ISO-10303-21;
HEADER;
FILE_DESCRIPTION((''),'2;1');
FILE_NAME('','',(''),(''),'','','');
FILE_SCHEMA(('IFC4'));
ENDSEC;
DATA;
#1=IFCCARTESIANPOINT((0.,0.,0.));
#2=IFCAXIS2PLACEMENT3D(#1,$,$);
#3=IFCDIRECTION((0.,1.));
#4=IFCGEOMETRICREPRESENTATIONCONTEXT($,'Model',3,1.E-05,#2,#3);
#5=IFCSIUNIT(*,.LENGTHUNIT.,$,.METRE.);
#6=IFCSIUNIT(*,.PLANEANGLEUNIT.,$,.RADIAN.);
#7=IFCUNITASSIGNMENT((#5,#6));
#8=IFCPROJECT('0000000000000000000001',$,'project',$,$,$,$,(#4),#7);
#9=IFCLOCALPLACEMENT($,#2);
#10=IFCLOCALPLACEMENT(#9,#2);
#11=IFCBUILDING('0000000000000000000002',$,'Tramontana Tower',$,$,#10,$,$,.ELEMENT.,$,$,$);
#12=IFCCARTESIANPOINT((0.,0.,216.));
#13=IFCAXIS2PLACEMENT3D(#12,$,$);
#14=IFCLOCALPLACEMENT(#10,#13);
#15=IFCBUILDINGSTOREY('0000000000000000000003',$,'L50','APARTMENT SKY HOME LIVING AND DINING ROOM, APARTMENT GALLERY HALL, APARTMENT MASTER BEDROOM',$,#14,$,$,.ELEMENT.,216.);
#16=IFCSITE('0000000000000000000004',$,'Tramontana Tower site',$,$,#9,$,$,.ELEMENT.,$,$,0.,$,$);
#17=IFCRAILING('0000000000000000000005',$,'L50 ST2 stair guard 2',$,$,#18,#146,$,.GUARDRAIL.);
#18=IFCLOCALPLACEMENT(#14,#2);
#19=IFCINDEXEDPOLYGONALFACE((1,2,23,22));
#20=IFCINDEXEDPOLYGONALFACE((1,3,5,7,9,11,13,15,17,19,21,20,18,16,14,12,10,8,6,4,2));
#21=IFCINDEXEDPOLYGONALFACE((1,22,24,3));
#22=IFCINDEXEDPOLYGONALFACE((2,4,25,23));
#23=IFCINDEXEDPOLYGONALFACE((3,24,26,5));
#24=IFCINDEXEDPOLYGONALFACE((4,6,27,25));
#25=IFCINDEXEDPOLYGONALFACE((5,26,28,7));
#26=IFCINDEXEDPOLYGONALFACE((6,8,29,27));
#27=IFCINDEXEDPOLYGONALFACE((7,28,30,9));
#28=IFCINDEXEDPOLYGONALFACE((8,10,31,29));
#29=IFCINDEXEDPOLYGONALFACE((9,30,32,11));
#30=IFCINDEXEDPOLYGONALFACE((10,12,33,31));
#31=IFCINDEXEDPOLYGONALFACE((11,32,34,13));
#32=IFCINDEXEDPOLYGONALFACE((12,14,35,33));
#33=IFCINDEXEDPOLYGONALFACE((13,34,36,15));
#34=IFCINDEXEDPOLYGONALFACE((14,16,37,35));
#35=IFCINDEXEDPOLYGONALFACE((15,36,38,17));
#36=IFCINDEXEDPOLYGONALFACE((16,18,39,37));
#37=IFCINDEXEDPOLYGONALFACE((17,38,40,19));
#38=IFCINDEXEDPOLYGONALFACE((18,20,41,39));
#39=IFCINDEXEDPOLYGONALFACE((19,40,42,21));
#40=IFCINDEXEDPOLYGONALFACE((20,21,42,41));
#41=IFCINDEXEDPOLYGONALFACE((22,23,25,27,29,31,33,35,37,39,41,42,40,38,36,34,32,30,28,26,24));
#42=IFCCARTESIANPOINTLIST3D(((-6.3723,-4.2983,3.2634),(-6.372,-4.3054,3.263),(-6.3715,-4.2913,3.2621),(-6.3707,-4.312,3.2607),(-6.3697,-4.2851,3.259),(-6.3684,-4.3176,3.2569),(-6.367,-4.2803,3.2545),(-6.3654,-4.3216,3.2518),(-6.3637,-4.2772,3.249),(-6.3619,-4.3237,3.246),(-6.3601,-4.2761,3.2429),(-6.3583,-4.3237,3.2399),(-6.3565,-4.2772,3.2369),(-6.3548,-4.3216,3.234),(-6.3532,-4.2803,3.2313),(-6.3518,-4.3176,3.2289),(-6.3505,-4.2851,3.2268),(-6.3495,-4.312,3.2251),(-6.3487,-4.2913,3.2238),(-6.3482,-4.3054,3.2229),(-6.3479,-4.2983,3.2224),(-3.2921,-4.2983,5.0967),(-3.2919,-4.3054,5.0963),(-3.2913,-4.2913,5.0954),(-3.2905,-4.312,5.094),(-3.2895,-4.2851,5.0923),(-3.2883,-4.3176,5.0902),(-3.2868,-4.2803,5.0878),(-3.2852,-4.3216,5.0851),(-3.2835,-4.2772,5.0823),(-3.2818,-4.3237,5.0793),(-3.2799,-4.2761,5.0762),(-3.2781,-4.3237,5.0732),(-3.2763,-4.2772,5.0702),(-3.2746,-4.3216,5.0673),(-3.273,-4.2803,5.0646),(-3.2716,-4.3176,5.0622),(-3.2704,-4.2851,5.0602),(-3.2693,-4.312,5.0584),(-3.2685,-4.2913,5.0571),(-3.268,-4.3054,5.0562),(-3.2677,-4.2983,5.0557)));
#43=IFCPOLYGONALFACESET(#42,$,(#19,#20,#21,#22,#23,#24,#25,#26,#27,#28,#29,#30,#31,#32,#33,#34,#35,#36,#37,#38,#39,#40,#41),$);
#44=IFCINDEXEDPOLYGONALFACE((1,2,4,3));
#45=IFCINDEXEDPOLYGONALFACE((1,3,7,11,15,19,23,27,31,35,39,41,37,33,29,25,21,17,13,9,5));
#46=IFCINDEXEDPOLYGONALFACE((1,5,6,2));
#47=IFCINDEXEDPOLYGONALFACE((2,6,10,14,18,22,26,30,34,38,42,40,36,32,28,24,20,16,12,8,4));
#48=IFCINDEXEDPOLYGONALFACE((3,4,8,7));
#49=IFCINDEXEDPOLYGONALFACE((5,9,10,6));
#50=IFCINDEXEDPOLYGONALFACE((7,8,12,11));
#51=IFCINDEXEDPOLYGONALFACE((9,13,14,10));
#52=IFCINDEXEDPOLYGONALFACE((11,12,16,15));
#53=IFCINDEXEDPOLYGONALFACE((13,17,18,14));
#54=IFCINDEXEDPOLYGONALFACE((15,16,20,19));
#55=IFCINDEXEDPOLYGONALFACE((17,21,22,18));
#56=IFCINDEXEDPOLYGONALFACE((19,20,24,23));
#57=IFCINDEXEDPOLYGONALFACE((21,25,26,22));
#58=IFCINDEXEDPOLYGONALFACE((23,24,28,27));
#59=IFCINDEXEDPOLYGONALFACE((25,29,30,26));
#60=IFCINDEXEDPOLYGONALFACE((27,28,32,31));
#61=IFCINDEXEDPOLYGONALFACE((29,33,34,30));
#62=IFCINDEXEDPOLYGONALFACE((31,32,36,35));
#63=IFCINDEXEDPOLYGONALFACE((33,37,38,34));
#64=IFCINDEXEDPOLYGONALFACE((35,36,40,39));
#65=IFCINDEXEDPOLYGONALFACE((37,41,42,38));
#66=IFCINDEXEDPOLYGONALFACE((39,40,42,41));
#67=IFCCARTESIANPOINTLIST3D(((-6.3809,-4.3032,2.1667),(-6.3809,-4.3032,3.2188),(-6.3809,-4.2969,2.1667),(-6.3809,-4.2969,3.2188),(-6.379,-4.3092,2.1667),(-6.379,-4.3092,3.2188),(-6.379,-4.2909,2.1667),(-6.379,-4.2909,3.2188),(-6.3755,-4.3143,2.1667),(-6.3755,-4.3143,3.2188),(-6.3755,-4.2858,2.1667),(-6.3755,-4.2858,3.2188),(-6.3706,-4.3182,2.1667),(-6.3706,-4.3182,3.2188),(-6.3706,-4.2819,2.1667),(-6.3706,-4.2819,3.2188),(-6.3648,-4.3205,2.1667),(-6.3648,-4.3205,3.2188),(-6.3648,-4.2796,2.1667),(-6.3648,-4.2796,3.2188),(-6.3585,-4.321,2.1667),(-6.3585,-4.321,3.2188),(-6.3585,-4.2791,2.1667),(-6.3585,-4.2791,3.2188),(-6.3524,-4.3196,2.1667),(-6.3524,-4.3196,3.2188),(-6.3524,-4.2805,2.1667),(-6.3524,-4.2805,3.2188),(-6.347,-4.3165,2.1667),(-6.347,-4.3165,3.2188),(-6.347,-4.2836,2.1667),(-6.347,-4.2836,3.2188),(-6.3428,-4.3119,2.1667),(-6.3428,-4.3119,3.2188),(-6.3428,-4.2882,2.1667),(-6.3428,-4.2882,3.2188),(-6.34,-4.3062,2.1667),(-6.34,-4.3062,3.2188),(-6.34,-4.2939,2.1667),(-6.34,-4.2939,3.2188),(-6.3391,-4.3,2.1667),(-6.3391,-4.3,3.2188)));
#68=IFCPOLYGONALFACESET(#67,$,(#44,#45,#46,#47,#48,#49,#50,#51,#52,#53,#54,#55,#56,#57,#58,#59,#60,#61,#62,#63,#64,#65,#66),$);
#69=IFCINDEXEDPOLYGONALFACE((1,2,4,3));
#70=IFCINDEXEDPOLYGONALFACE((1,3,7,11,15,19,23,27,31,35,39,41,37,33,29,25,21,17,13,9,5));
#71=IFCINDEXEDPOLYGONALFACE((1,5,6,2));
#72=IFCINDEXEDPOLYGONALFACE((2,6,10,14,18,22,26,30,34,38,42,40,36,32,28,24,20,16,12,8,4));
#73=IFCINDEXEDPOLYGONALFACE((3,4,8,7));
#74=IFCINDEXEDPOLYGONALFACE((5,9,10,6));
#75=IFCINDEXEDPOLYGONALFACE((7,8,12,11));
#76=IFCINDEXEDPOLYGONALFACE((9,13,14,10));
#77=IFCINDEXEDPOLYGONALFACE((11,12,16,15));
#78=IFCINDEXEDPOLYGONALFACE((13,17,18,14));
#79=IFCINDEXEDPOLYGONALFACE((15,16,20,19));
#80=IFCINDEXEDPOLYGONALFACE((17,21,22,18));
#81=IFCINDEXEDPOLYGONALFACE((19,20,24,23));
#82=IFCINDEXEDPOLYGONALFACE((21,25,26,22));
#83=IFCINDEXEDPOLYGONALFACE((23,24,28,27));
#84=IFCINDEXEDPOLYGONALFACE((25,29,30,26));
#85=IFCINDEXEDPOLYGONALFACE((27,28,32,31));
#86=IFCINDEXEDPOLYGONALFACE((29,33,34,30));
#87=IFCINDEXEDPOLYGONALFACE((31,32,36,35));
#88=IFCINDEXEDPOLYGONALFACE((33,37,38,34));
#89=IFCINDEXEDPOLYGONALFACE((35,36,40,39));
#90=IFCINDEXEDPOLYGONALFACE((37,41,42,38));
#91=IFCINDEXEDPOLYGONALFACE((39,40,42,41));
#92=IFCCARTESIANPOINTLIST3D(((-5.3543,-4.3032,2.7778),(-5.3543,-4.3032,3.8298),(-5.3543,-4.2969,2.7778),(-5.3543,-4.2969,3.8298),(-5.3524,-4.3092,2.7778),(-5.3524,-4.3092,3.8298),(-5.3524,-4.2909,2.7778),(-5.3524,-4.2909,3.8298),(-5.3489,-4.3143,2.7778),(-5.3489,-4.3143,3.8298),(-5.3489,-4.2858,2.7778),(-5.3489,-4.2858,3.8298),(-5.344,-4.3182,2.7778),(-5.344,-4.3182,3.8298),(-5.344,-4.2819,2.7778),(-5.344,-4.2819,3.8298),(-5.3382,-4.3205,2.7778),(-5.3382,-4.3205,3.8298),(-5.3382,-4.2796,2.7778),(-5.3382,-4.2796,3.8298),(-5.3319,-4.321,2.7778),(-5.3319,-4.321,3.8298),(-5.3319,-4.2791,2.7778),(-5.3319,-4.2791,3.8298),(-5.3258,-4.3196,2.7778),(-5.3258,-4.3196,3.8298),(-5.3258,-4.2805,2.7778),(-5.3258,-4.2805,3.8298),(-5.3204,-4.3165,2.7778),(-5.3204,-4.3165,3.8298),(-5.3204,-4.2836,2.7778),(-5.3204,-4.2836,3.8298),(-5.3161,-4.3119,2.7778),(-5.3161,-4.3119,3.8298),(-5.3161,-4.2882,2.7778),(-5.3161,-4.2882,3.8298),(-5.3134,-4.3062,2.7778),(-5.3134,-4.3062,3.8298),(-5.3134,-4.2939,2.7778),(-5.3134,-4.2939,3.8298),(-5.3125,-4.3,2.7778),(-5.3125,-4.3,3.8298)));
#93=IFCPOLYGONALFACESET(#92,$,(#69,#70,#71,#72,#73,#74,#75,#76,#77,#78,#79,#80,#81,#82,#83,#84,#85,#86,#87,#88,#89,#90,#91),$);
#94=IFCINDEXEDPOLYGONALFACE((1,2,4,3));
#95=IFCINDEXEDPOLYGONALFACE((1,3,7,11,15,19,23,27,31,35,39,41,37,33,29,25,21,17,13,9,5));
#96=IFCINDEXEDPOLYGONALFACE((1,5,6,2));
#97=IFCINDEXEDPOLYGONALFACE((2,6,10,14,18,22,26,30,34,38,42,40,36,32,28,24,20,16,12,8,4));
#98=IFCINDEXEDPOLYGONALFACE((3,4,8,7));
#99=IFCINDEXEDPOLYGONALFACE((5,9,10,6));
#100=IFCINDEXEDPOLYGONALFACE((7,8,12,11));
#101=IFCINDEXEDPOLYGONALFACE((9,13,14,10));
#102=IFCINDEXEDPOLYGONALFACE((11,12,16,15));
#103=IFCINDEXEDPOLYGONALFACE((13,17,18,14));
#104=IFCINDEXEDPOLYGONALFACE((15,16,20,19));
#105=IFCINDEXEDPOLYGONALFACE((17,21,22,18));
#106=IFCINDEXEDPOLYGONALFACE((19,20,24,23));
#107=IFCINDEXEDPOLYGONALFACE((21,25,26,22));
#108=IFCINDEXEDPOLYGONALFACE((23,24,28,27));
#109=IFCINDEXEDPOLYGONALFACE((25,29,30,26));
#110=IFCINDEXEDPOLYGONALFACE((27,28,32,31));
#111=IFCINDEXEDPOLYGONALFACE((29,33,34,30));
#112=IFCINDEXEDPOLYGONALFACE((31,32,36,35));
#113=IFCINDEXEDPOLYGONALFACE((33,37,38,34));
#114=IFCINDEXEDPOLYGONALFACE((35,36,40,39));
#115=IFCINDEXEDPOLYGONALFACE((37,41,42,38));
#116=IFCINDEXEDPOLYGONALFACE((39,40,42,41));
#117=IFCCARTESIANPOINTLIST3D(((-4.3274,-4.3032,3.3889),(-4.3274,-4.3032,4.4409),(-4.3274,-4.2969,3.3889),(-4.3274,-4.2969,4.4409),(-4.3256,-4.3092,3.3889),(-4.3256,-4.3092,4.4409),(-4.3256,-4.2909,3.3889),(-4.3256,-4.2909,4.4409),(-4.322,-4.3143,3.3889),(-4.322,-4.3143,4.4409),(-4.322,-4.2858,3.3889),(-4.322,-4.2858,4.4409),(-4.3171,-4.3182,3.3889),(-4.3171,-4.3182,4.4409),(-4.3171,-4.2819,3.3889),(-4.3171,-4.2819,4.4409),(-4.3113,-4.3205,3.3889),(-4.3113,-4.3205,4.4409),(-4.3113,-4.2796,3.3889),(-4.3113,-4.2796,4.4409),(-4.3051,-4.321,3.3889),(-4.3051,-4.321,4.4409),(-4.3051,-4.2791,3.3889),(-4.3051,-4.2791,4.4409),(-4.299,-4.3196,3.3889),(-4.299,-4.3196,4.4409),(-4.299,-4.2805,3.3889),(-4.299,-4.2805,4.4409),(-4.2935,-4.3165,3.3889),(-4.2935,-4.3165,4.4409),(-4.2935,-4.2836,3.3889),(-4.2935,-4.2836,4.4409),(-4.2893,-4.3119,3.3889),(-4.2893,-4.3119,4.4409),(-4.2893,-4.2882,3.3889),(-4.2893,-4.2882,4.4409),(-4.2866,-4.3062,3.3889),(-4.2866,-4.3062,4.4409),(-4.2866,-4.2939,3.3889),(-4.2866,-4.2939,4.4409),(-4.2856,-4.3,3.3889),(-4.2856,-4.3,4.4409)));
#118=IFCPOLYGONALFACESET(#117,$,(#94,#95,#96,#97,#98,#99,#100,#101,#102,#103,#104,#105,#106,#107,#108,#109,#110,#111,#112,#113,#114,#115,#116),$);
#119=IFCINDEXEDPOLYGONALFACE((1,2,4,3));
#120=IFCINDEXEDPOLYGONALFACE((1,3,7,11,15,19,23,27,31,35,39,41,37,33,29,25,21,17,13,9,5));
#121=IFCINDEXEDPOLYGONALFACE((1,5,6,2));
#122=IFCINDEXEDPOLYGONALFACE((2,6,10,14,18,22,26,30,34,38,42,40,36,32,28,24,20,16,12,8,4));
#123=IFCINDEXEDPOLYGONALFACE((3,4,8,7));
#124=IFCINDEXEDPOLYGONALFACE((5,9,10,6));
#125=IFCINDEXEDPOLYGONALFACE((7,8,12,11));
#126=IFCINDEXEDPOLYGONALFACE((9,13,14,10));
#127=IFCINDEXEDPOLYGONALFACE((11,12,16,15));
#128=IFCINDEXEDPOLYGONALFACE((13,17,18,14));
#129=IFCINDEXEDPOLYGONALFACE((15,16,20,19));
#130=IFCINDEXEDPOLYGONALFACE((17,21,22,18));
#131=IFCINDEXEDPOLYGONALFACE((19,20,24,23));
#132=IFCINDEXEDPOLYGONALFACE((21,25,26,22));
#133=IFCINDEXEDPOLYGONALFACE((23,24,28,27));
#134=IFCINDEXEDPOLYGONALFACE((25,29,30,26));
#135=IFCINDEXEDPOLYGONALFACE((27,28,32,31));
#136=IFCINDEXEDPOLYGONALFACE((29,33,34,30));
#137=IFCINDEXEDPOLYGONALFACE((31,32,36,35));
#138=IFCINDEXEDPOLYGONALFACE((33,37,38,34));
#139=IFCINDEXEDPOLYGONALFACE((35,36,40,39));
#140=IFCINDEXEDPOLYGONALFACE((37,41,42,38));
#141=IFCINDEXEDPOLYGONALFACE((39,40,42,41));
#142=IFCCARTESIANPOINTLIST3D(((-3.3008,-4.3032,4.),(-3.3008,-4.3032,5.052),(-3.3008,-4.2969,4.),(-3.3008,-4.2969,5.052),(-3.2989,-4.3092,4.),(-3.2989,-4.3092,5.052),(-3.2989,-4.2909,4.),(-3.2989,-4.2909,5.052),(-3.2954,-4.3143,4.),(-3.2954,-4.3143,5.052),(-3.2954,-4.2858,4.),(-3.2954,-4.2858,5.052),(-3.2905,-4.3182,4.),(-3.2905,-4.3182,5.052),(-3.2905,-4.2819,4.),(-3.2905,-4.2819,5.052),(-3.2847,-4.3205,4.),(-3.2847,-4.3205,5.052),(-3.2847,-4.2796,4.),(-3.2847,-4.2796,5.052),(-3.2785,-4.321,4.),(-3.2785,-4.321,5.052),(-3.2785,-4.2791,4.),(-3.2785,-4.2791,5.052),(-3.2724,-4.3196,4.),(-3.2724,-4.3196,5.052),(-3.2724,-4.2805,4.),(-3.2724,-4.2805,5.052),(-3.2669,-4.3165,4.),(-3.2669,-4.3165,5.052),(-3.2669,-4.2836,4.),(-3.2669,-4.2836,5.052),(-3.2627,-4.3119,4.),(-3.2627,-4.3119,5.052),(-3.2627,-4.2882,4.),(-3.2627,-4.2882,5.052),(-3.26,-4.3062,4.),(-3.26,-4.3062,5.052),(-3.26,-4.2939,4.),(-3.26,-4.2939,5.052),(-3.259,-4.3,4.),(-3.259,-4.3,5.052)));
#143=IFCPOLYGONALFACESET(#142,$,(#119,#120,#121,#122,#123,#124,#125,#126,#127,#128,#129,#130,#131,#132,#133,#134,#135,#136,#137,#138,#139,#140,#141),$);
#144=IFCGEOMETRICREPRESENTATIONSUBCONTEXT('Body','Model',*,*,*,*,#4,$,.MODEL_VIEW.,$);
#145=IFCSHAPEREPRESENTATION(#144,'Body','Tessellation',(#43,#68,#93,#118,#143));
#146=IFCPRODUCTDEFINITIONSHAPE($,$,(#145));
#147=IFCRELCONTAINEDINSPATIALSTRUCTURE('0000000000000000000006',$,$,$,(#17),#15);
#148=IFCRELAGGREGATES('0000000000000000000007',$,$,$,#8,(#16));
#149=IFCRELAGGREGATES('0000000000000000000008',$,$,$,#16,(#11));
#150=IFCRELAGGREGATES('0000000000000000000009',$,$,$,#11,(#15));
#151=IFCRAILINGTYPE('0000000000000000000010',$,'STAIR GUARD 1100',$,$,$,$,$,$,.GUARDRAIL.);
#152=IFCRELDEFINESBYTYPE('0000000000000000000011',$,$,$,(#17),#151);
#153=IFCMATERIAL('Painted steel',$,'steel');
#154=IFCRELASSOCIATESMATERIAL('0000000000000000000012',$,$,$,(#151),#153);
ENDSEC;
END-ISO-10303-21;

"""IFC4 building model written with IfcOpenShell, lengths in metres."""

from ifc_helpers import new_model, si_unit, direction, frame, origin, origin_2d, place, context, subcontext, project, spatial, circle, extrude, material, type_object, element, save


model = new_model("IFC4")

# Units and contexts
model_context = context("Model", 3, precision=1e-05, world=origin(), true_north=direction((0.0, 1.0)))
body_context = subcontext(model_context, "Body", "Model", "MODEL_VIEW")
ifc_project = project(units=[si_unit("LENGTHUNIT", "METRE"), si_unit("PLANEANGLEUNIT", "RADIAN")], contexts=[model_context])

# Site, building, storey
site_placement = place(None, origin())
site = spatial("IfcSite", under=ifc_project, at=site_placement, Name="Tramontana Tower site", CompositionType="ELEMENT", RefElevation=0.0)
building_placement = place(site_placement, origin())
building = spatial("IfcBuilding", under=site, at=building_placement, Name="Tramontana Tower", CompositionType="ELEMENT")
storey_placement = place(building_placement, frame((0.0, 0.0, 216.0)))
storey = spatial("IfcBuildingStorey", under=building, at=storey_placement, Name="L50", Description="APARTMENT SKY HOME LIVING AND DINING ROOM, APARTMENT GALLERY HALL, APARTMENT MASTER BEDROOM", CompositionType="ELEMENT", Elevation=216.0)

# Railing
ifc_material_1 = material(Name="Painted steel", Category="steel")
railing_type_1 = type_object("IfcRailingType", Name="STAIR GUARD 1100", PredefinedType="GUARDRAIL", material=ifc_material_1)
railing_1_placement = place(storey_placement, frame((-6.3601, -4.3, 2.1667)))
element("IfcRailing", 1, at=railing_1_placement, inside=storey, type_object=railing_type_1, Name="L50 ST2 stair guard 2", PredefinedType="GUARDRAIL", context=body_context, shape_type="SweptSolid", body=[
    extrude(circle(Radius=0.0239, at=origin_2d()), frame((0.0, 0.0, 1.0762), z_axis=(0.859309, 0.0, 0.511458), x_axis=(0.0, 1.0, 0.0)), (0.0, 0.0, 1.0), 3.5845),
    extrude(circle(Radius=0.021, at=origin_2d()), origin(), (0.0, 0.0, 1.0), 1.052),
    extrude(circle(Radius=0.021, at=origin_2d()), frame((1.0266, 0.0, 0.6111)), (0.0, 0.0, 1.0), 1.052),
    extrude(circle(Radius=0.021, at=origin_2d()), frame((2.0535, 0.0, 1.2222)), (0.0, 0.0, 1.0), 1.052),
    extrude(circle(Radius=0.021, at=origin_2d()), frame((3.0801, 0.0, 1.8333)), (0.0, 0.0, 1.0), 1.052),
])

save(model, "model.ifc")
